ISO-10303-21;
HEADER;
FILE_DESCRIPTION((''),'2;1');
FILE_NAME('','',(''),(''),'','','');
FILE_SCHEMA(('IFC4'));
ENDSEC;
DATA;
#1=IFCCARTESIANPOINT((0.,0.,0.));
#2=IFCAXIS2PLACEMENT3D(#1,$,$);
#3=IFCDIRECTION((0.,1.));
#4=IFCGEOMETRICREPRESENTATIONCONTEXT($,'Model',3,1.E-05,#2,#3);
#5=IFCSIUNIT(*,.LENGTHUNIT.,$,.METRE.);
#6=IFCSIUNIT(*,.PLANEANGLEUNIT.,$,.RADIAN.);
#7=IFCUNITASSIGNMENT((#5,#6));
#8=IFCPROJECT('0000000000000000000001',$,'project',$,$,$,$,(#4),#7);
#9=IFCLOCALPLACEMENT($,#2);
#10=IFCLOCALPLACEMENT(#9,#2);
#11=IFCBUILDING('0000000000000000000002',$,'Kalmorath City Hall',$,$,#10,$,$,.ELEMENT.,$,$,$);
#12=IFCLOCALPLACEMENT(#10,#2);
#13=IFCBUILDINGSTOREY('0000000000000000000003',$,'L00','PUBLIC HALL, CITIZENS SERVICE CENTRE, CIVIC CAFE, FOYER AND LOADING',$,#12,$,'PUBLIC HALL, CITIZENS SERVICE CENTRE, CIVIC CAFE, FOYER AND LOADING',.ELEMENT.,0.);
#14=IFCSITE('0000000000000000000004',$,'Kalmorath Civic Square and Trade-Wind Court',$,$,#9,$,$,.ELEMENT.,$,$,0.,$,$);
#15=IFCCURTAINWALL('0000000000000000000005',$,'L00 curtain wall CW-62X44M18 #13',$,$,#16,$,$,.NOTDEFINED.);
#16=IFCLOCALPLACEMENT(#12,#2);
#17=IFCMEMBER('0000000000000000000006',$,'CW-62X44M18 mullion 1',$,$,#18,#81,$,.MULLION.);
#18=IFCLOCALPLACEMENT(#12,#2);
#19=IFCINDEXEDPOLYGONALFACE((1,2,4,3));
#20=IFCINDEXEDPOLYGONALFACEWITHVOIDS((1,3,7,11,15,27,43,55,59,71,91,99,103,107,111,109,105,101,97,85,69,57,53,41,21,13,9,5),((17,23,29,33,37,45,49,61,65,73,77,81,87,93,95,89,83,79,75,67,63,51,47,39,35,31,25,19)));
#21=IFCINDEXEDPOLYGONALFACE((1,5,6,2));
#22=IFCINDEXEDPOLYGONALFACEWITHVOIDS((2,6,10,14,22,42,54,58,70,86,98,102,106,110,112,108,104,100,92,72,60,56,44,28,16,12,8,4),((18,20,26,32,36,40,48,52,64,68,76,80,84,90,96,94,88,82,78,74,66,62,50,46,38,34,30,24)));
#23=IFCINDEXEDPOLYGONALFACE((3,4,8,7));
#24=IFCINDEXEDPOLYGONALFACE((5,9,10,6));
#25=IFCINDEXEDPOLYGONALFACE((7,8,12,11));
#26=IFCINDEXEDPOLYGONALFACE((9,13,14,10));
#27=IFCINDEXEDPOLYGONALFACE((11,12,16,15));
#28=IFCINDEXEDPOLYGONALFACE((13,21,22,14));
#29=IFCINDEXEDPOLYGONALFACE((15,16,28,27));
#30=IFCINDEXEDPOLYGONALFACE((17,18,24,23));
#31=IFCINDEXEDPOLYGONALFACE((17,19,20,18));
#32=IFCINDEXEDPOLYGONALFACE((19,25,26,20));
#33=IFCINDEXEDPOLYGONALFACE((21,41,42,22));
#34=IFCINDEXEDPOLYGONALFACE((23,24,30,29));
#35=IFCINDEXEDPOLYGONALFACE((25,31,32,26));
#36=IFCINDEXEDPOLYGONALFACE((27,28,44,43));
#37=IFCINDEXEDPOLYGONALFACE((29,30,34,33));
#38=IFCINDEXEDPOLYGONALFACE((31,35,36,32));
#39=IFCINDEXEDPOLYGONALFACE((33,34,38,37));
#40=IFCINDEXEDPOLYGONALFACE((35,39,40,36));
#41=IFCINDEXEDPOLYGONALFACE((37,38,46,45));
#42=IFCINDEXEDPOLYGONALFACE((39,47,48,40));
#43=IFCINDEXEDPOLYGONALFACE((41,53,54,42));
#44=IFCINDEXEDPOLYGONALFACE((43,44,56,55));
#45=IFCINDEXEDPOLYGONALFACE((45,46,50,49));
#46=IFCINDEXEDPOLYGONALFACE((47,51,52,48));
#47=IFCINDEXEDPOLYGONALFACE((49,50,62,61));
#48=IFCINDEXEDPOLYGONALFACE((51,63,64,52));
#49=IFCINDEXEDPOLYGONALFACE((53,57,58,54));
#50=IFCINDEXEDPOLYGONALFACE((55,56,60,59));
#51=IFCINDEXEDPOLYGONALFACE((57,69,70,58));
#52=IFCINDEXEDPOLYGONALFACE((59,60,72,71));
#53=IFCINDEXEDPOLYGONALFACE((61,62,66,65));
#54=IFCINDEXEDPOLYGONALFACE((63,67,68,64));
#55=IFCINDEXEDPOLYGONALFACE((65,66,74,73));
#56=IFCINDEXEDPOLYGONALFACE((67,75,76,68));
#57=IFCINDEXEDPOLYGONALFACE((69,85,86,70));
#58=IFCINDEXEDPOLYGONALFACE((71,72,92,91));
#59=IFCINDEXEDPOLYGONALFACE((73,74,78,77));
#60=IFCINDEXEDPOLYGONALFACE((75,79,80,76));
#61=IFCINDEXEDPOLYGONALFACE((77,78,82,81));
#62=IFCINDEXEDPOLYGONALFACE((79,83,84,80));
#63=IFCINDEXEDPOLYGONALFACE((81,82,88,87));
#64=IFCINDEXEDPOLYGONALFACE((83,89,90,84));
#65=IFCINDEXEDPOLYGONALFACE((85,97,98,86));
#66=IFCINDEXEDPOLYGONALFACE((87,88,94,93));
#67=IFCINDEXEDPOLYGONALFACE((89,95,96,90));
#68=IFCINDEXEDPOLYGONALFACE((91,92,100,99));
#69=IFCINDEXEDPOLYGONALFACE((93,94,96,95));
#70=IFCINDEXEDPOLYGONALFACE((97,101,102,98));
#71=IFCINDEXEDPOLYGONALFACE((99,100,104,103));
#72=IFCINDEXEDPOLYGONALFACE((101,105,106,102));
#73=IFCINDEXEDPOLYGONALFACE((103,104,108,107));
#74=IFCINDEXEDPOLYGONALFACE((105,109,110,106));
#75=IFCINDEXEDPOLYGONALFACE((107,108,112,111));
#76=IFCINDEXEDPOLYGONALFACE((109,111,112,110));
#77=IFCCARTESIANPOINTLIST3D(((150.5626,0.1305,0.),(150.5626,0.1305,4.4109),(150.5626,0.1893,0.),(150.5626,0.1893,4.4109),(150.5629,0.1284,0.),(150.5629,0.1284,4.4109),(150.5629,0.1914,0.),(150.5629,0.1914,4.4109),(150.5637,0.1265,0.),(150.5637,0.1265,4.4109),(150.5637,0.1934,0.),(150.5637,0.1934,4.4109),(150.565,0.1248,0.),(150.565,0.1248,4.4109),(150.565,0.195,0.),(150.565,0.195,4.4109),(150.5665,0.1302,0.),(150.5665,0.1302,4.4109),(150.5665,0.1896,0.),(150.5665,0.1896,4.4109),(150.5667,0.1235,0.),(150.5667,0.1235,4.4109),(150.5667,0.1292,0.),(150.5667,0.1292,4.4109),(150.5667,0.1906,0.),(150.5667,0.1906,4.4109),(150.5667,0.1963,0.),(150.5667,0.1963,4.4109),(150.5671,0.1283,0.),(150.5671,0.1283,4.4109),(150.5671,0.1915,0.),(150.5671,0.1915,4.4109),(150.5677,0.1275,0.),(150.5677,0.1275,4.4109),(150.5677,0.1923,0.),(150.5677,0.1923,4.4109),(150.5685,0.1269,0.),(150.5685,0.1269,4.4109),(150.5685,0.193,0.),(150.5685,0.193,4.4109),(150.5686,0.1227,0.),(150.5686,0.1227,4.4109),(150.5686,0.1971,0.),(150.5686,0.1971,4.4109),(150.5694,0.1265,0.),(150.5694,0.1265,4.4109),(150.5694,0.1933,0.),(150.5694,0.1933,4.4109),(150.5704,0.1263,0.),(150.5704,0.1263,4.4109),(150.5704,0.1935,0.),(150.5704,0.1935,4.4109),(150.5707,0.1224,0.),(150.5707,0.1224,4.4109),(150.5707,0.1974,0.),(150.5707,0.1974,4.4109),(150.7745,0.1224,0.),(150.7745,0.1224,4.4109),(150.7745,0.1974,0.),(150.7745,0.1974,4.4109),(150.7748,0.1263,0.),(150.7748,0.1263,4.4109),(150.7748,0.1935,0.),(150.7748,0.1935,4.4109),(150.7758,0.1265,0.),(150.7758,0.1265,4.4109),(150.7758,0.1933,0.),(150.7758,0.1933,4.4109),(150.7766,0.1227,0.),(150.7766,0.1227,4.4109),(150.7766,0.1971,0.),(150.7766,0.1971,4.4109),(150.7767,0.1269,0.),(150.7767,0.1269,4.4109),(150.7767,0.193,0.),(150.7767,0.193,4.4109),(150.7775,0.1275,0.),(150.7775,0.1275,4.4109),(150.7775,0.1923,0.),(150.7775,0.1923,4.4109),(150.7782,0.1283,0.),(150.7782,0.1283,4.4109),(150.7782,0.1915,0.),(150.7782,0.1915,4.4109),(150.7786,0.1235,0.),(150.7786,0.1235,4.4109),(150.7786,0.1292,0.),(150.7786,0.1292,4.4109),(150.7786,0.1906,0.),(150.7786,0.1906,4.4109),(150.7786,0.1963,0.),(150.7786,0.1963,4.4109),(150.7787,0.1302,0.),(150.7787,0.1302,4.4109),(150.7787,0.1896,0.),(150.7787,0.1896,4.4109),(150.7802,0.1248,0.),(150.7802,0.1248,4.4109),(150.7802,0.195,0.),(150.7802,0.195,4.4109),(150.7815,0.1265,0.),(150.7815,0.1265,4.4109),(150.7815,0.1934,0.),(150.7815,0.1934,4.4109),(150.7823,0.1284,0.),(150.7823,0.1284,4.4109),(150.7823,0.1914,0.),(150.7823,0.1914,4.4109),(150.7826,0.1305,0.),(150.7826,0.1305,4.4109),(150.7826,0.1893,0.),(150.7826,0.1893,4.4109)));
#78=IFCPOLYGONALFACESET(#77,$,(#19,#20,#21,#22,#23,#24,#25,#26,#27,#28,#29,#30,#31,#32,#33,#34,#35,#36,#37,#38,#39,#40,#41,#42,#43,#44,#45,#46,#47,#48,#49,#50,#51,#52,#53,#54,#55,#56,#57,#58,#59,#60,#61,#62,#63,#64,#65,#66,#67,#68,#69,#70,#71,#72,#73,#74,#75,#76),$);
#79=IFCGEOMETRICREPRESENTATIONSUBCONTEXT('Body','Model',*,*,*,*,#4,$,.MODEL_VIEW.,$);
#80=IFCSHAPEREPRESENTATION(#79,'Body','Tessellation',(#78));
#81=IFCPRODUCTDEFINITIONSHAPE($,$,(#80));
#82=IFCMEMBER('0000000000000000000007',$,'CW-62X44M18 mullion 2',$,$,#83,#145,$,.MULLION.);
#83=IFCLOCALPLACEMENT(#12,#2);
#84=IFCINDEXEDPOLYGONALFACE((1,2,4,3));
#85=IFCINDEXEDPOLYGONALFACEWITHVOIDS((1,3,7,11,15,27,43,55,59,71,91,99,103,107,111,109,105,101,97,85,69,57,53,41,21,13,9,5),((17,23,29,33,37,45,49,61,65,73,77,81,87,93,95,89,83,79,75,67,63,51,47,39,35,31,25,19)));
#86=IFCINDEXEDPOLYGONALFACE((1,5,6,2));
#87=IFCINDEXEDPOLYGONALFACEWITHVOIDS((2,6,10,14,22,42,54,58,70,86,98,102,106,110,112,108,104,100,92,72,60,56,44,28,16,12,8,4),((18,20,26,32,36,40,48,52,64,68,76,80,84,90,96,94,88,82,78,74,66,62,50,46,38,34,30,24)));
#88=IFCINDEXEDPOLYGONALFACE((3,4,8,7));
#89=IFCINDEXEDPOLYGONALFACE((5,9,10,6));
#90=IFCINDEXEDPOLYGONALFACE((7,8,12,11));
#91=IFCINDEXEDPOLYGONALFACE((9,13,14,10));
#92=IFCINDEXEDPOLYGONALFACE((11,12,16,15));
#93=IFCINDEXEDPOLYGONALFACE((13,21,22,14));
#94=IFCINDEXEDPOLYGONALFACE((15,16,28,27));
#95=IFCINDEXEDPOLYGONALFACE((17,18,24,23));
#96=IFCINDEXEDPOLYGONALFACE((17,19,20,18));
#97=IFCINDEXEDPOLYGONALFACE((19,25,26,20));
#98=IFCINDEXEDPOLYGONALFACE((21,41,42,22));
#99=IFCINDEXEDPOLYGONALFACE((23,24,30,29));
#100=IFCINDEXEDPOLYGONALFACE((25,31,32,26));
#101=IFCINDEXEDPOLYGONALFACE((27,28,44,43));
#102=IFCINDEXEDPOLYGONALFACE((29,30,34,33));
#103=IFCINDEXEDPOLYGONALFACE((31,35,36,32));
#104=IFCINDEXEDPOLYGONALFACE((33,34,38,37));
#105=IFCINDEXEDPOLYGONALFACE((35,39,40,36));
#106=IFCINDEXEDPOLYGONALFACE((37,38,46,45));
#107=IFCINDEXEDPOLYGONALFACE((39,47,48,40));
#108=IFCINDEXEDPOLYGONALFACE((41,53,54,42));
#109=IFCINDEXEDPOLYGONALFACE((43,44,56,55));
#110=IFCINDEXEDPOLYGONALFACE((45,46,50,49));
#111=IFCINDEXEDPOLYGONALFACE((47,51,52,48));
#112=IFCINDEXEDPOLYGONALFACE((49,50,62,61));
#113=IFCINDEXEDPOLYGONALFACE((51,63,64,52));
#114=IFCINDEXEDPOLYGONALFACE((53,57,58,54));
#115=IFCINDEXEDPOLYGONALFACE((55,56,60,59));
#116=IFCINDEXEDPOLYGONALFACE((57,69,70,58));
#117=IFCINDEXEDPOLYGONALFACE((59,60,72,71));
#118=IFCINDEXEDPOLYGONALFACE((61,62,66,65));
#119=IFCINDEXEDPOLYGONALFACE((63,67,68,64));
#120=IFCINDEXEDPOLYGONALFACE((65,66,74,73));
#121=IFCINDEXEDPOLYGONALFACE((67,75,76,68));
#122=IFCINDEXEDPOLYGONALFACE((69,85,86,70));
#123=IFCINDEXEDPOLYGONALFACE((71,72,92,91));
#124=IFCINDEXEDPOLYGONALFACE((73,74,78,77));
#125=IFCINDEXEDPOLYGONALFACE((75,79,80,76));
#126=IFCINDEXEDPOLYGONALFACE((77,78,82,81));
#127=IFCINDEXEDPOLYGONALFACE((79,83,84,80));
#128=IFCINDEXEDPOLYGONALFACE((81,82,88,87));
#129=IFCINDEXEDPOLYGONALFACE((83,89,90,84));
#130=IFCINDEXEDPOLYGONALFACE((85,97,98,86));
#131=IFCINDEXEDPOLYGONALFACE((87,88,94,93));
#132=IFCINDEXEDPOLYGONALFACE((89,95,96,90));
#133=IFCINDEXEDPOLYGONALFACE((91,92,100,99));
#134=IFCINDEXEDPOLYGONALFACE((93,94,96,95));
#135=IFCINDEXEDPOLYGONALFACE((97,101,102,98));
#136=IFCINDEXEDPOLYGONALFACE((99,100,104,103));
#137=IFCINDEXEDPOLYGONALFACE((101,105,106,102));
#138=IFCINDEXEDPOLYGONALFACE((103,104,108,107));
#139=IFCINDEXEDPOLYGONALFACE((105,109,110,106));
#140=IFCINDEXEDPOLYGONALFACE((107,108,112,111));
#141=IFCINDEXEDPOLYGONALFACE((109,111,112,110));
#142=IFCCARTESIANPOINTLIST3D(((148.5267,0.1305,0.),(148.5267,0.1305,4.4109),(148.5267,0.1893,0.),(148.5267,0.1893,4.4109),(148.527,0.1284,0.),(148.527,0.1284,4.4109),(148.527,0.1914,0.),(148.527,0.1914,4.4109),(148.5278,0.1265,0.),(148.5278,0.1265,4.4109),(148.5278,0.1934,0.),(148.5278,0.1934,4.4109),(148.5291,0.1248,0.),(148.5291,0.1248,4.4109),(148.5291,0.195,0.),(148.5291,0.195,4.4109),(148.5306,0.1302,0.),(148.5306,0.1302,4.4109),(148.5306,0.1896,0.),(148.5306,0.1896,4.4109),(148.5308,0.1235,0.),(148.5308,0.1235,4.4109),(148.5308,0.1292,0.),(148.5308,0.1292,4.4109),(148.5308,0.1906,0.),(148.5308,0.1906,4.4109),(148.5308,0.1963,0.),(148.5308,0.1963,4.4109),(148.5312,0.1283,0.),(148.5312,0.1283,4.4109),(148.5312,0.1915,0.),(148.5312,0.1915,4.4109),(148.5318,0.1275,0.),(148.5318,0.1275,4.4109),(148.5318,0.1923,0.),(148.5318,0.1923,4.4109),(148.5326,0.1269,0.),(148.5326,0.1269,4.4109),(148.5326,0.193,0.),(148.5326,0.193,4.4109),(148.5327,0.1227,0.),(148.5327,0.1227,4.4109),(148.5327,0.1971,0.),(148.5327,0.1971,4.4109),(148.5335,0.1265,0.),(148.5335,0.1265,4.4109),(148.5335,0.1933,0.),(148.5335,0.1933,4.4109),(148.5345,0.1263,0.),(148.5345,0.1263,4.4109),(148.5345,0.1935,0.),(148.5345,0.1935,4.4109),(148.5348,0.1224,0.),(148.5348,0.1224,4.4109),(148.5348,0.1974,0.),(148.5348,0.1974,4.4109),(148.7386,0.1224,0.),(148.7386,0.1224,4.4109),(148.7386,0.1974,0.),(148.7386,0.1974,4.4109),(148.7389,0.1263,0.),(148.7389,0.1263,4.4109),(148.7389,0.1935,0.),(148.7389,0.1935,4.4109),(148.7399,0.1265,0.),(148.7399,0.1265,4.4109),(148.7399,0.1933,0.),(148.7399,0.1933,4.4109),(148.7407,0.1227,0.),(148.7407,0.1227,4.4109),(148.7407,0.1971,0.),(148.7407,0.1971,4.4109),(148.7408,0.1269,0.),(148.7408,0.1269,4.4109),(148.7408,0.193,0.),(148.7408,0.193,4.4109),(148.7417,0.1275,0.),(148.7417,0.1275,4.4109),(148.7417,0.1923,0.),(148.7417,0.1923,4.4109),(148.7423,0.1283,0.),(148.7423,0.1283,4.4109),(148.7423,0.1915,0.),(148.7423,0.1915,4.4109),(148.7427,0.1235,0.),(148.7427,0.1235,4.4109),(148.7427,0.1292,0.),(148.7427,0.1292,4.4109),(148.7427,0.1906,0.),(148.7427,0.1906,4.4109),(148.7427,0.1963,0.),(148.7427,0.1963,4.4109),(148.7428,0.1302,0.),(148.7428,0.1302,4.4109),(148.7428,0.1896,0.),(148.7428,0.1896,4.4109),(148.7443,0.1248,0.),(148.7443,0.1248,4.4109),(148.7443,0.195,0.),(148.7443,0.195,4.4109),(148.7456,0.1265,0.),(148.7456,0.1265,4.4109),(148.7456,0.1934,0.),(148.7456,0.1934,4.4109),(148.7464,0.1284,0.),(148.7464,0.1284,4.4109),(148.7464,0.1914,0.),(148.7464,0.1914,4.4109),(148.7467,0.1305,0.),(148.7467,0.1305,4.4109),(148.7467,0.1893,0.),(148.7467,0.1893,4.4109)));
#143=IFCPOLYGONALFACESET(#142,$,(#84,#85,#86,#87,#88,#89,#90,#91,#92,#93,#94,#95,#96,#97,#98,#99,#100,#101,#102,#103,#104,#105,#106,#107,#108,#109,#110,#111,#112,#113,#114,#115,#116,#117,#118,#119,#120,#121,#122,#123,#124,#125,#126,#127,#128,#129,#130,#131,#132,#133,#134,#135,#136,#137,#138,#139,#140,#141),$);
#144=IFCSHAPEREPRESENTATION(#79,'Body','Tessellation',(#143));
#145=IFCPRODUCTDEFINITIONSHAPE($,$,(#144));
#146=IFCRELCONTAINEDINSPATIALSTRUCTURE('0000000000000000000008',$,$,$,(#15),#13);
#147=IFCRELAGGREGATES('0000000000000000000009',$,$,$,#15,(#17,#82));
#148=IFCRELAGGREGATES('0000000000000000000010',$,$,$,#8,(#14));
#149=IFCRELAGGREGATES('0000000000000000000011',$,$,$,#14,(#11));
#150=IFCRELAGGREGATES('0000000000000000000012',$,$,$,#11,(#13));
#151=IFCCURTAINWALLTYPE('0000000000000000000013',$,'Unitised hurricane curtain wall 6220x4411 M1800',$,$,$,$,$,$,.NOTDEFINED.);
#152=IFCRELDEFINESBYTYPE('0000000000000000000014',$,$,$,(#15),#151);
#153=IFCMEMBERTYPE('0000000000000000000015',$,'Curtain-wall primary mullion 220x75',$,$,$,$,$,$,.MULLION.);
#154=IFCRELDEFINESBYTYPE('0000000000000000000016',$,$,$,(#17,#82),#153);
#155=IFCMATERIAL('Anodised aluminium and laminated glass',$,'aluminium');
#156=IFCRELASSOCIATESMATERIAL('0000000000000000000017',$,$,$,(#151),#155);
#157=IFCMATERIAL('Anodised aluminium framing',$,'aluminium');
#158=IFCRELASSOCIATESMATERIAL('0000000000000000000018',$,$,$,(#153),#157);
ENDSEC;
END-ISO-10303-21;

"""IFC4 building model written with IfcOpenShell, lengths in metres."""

from ifc_helpers import new_model, si_unit, direction, frame, origin, origin_2d, place, context, subcontext, project, spatial, hollow_rectangle, extrude, material, material_profile, profile_set, type_object, element, aggregate, save


model = new_model("IFC4")

# Units and contexts
model_context = context("Model", 3, precision=1e-05, world=origin(), true_north=direction((0.0, 1.0)))
body_context = subcontext(model_context, "Body", "Model", "MODEL_VIEW")
ifc_project = project(units=[si_unit("LENGTHUNIT", "METRE"), si_unit("PLANEANGLEUNIT", "RADIAN")], contexts=[model_context])

# Site, building, storey
site_placement = place(None, origin())
site = spatial("IfcSite", under=ifc_project, at=site_placement, Name="Kalmorath Civic Square and Trade-Wind Court", CompositionType="ELEMENT", RefElevation=0.0)
building_placement = place(site_placement, origin())
building = spatial("IfcBuilding", under=site, at=building_placement, Name="Kalmorath City Hall", CompositionType="ELEMENT")
storey_placement = place(building_placement, origin())
storey = spatial("IfcBuildingStorey", under=building, at=storey_placement, Name="L00", Description="PUBLIC HALL, CITIZENS SERVICE CENTRE, CIVIC CAFE, FOYER AND LOADING", LongName="PUBLIC HALL, CITIZENS SERVICE CENTRE, CIVIC CAFE, FOYER AND LOADING", CompositionType="ELEMENT", Elevation=0.0)

# Shared definitions
ifc_material_1 = material(Name="Anodised aluminium and laminated glass", Category="aluminium")
curtain_wall_type = type_object("IfcCurtainWallType", Name="Unitised hurricane curtain wall 6220x4411 M1800", PredefinedType="NOTDEFINED", material=ifc_material_1)
ifc_material_2 = material(Name="Anodised aluminium framing", Category="aluminium")
ifc_material_profile_1 = material_profile(ifc_material_2, hollow_rectangle(XDim=0.075, YDim=0.22, WallThickness=0.0039, InnerFilletRadius=0.0039, OuterFilletRadius=0.0081, at=origin_2d()), Name="ALU-MUL-220X75X4")
ifc_profile_set_1 = profile_set([ifc_material_profile_1], Name="Anodised aluminium framing")
member_type_1 = type_object("IfcMemberType", Name="Curtain-wall primary mullion 220x75", PredefinedType="MULLION", material=ifc_profile_set_1)

# Curtain wall, members
curtain_wall_1_placement = place(storey_placement, origin())
curtain_wall_1 = element("IfcCurtainWall", 1, at=curtain_wall_1_placement, inside=storey, type_object=curtain_wall_type, Name="L00 curtain wall CW-62X44M18 #13", PredefinedType="NOTDEFINED")
member_1_placement = place(storey_placement, frame((150.6726, 0.1599, 0.0), z_axis=(0.0, 0.0, 1.0), x_axis=(0.0, -1.0, 0.0)))
member_1 = element("IfcMember", 2, at=member_1_placement, type_object=member_type_1, Name="CW-62X44M18 mullion 1", PredefinedType="MULLION", context=body_context, shape_type="SweptSolid", body=[
    extrude(hollow_rectangle(XDim=0.075, YDim=0.22, WallThickness=0.0039, InnerFilletRadius=0.0039, OuterFilletRadius=0.0081, at=origin_2d()), origin(), (0.0, 0.0, 1.0), 4.4109),
])
member_2_placement = place(storey_placement, frame((148.6367, 0.1599, 0.0), z_axis=(0.0, 0.0, 1.0), x_axis=(0.0, -1.0, 0.0)))
member_2 = element("IfcMember", 3, at=member_2_placement, type_object=member_type_1, Name="CW-62X44M18 mullion 2", PredefinedType="MULLION", context=body_context, shape_type="SweptSolid", body=[
    extrude(hollow_rectangle(XDim=0.075, YDim=0.22, WallThickness=0.0039, InnerFilletRadius=0.0039, OuterFilletRadius=0.0081, at=origin_2d()), origin(), (0.0, 0.0, 1.0), 4.4109),
])

aggregate(curtain_wall_1, [member_1, member_2])

save(model, "model.ifc")
